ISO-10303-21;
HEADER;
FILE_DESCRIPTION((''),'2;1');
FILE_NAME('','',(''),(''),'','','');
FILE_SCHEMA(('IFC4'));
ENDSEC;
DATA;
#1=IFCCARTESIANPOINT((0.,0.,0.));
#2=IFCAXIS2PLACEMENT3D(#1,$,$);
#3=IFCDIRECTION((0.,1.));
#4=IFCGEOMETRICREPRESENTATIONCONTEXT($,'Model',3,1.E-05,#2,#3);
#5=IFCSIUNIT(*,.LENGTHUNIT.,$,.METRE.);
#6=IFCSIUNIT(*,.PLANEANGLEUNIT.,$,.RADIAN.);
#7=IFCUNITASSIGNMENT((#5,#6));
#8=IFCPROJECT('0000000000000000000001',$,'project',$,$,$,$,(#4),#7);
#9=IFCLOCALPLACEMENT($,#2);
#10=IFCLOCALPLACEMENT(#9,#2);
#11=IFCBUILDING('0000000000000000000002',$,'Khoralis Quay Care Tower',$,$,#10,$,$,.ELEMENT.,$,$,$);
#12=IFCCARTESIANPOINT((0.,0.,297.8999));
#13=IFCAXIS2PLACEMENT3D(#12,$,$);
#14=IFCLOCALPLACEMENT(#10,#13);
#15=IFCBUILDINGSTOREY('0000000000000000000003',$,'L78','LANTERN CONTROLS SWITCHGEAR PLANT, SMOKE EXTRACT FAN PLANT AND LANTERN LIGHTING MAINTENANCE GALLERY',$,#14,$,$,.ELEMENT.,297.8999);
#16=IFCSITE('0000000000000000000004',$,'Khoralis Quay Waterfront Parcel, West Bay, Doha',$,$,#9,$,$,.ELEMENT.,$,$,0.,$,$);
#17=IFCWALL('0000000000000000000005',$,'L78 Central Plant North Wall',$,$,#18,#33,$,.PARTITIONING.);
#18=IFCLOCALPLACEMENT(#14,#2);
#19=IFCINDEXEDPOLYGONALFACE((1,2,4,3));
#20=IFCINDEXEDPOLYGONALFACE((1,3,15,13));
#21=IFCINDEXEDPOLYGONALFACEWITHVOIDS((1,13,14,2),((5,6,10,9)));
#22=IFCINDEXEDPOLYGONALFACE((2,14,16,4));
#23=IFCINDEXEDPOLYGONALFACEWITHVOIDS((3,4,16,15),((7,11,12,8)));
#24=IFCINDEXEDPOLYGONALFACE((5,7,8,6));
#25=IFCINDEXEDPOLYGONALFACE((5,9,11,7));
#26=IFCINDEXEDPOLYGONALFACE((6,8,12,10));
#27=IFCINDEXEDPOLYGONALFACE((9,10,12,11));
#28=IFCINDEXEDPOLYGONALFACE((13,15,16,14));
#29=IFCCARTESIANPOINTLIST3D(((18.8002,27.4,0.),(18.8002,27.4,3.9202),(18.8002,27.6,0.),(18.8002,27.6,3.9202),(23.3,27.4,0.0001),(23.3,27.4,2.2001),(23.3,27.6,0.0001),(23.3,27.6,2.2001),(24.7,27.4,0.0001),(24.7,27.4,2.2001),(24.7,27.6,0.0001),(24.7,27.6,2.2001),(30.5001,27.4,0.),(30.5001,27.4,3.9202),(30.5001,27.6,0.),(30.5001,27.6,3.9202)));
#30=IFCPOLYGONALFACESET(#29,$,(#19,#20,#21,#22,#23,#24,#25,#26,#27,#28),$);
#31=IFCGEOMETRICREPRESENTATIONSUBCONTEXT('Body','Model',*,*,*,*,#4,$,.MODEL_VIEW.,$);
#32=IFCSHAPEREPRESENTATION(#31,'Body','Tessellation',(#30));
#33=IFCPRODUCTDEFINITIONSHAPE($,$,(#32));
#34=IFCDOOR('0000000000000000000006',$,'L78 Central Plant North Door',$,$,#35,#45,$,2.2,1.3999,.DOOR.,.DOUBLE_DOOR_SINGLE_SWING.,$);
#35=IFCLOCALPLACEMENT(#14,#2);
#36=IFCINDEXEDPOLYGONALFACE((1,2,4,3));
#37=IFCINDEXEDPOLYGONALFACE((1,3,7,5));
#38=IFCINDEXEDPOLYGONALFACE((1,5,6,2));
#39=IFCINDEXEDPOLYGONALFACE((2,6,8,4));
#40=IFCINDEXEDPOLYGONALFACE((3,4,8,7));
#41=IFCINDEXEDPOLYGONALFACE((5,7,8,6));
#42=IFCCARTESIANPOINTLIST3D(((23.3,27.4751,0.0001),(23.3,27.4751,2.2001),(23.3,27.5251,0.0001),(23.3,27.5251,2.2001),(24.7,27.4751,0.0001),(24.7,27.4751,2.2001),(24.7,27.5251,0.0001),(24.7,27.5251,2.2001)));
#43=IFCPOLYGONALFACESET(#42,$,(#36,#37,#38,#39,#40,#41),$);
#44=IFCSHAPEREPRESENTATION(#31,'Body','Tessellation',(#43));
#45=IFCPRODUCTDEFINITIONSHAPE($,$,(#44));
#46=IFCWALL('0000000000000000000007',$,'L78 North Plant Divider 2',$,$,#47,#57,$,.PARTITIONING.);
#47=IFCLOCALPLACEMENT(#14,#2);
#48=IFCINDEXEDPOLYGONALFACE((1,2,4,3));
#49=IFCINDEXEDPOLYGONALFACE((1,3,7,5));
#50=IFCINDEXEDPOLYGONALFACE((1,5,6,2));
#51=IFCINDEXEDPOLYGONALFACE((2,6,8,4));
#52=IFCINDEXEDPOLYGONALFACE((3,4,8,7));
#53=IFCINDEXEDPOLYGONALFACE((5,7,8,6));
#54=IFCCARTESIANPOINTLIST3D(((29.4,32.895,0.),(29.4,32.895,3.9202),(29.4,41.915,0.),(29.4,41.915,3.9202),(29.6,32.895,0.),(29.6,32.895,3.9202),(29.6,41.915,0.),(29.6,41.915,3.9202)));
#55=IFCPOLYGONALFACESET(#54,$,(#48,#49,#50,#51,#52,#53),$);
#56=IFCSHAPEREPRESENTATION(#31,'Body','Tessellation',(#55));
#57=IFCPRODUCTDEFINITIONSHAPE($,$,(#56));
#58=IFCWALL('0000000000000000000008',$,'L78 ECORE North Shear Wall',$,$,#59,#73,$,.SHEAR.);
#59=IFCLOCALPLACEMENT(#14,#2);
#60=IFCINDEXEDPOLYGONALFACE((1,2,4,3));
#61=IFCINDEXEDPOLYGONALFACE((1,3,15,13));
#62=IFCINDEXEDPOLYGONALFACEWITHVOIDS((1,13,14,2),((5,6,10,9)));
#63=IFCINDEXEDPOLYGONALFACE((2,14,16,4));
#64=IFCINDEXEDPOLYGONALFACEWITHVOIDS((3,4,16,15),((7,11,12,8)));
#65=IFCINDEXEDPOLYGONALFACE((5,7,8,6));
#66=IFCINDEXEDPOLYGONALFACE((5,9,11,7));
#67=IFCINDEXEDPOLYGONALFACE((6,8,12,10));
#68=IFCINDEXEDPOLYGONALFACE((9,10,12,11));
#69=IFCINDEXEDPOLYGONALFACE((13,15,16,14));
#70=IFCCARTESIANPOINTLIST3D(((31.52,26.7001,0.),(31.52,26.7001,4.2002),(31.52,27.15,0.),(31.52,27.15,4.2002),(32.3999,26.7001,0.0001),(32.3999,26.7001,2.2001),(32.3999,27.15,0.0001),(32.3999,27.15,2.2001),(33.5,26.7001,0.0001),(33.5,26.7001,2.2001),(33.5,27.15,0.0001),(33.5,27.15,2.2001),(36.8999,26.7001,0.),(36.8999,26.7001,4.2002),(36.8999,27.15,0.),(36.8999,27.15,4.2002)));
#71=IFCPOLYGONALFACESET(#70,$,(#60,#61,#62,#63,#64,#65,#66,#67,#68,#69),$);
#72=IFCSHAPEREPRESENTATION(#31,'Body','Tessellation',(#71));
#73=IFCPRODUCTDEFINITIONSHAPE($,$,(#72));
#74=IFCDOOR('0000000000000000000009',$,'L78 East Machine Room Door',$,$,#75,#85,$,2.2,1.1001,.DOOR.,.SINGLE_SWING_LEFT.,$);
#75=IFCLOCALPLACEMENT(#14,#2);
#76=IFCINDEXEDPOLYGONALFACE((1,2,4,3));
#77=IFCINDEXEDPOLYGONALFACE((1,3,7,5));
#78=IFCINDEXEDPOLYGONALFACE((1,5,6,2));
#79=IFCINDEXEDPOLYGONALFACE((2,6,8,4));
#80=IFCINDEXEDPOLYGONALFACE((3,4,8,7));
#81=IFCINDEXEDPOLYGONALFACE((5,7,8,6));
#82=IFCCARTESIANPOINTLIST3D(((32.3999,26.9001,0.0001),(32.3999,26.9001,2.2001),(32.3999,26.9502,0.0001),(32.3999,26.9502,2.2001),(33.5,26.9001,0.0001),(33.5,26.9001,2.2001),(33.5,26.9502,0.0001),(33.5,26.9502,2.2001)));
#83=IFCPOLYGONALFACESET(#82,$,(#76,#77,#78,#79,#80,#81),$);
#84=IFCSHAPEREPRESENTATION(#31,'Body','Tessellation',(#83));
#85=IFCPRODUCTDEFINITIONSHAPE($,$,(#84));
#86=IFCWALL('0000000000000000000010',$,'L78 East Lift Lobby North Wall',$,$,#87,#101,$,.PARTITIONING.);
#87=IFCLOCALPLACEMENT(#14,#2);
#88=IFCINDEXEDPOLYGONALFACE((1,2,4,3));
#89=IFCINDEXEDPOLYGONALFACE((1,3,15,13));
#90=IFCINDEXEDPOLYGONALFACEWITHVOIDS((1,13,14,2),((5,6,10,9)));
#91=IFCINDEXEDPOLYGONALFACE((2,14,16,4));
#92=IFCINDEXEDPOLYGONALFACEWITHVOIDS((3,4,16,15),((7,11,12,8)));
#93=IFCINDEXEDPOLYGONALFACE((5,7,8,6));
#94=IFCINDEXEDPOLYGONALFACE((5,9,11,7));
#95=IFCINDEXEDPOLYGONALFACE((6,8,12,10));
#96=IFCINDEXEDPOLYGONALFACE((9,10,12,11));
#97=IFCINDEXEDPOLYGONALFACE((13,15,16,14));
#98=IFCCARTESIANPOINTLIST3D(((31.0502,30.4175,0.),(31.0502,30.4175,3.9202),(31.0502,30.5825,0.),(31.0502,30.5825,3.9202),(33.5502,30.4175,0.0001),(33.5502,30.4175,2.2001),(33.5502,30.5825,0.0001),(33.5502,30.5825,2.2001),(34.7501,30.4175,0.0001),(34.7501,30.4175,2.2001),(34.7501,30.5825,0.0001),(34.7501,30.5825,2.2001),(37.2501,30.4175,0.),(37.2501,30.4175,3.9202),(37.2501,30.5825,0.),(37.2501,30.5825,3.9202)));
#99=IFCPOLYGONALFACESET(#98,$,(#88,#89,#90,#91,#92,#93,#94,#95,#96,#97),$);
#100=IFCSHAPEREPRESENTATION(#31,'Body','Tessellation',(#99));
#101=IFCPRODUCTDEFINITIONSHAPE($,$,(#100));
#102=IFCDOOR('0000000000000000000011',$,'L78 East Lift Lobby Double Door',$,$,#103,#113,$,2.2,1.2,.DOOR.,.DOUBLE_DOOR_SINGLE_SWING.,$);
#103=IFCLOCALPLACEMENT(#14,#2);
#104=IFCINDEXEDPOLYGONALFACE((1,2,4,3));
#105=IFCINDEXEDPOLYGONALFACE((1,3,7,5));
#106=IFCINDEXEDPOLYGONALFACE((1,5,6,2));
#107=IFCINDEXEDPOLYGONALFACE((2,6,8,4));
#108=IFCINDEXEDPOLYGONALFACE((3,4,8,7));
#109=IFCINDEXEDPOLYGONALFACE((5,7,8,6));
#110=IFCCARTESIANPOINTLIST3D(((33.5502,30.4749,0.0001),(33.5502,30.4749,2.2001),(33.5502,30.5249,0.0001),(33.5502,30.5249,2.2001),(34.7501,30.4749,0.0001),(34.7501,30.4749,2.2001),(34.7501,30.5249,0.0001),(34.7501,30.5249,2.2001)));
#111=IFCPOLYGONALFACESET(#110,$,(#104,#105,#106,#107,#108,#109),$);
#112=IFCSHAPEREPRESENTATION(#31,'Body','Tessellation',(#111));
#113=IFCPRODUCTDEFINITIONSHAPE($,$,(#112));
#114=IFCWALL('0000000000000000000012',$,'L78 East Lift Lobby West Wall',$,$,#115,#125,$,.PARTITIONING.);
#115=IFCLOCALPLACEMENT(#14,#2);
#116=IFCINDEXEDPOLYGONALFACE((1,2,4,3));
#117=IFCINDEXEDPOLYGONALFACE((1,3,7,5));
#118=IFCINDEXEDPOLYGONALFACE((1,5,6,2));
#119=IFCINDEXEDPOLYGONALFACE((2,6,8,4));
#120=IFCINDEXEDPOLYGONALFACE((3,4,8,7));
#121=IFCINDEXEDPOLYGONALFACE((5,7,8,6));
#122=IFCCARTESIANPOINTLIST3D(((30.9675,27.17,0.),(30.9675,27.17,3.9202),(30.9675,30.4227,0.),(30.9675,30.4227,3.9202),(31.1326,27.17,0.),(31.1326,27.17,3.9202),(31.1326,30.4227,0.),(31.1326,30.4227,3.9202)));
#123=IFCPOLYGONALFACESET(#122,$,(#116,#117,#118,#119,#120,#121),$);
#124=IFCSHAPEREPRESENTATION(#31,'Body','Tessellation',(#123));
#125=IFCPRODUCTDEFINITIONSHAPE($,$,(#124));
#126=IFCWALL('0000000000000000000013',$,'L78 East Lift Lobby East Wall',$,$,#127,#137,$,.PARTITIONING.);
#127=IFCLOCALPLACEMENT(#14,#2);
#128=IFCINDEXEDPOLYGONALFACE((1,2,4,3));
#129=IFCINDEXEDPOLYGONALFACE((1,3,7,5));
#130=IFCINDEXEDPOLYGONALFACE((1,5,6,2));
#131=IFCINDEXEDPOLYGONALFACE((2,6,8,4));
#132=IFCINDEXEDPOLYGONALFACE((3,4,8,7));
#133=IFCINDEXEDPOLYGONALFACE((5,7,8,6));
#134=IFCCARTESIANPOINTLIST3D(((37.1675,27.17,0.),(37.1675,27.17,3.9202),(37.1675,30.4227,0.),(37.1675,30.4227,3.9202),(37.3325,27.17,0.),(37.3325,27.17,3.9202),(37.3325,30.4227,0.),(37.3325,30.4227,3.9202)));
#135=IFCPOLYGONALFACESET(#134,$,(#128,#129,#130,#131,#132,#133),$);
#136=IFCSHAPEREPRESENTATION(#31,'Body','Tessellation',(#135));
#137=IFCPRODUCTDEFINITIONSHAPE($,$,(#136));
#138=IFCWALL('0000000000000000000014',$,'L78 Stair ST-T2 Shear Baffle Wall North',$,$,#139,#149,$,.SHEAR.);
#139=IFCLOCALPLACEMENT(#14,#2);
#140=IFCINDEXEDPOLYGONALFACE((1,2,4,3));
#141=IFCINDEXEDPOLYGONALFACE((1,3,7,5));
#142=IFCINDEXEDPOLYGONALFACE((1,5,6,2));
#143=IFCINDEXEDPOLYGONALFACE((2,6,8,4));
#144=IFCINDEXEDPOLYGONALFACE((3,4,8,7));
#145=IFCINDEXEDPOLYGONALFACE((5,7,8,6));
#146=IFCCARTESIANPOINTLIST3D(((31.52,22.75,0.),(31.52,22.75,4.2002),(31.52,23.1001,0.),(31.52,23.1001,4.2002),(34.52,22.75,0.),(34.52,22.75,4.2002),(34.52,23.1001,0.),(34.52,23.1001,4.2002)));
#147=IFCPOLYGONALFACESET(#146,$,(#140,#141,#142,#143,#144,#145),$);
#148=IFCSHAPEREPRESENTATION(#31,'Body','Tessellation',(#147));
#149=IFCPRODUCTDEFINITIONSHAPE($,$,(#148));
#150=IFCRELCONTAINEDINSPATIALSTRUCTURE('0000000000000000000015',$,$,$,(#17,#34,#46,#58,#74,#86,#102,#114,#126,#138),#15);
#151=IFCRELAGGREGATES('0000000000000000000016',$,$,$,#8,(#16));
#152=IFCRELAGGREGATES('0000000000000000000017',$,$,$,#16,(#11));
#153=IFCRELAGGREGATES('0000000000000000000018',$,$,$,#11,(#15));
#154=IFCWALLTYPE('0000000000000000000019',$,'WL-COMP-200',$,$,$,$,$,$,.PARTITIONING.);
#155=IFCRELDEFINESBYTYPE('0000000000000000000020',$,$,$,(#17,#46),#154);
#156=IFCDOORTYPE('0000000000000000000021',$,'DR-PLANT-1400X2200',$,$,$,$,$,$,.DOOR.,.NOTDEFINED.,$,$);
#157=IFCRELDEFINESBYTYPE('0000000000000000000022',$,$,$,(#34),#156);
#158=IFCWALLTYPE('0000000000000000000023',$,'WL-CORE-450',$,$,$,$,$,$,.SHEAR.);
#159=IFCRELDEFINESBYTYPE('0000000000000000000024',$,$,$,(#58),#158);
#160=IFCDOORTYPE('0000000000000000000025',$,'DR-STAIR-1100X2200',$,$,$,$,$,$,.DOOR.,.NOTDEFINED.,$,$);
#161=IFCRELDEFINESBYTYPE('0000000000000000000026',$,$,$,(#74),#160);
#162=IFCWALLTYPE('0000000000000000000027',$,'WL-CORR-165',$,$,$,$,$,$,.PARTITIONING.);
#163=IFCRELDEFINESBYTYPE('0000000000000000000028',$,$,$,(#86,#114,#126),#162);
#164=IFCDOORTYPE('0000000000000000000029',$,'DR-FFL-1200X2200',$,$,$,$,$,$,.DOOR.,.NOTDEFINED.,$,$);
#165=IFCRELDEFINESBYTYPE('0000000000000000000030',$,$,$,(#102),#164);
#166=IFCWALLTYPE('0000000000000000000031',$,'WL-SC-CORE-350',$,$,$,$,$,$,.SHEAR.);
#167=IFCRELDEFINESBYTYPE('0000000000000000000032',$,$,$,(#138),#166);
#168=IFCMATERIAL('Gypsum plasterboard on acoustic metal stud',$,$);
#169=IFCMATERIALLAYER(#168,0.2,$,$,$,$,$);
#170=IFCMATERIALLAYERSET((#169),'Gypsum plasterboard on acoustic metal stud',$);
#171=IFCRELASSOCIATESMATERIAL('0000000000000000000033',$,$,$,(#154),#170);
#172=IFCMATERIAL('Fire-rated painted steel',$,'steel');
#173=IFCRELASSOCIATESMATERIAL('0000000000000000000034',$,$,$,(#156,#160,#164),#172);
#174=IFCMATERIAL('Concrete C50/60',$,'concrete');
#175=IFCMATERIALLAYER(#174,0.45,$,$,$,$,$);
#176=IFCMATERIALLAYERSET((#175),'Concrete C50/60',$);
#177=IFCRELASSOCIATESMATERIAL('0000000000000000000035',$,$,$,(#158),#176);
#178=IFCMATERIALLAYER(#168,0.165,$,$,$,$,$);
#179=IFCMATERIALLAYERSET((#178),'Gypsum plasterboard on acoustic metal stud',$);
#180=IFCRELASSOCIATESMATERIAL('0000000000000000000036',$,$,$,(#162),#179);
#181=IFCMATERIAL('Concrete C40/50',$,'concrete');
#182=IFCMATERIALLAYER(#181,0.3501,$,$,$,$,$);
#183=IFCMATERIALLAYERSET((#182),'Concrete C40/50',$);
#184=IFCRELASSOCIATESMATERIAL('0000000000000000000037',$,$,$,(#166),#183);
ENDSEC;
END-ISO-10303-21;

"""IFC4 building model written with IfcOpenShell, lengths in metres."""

from ifc_helpers import new_model, si_unit, direction, frame, frame_2d, origin, place, context, subcontext, project, spatial, rectangle, extrude, source, transform, mapped, material, layer, layer_set, type_object, element, fill, save


model = new_model("IFC4")

# Units and contexts
model_context = context("Model", 3, precision=1e-05, world=origin(), true_north=direction((0.0, 1.0)))
body_context = subcontext(model_context, "Body", "Model", "MODEL_VIEW")
ifc_project = project(units=[si_unit("LENGTHUNIT", "METRE"), si_unit("PLANEANGLEUNIT", "RADIAN")], contexts=[model_context])

# Site, building, storey
site_placement = place(None, origin())
site = spatial("IfcSite", under=ifc_project, at=site_placement, Name="Khoralis Quay Waterfront Parcel, West Bay, Doha", CompositionType="ELEMENT", RefElevation=0.0)
building_placement = place(site_placement, origin())
building = spatial("IfcBuilding", under=site, at=building_placement, Name="Khoralis Quay Care Tower", CompositionType="ELEMENT")
storey_placement = place(building_placement, frame((0.0, 0.0, 297.8999)))
storey = spatial("IfcBuildingStorey", under=building, at=storey_placement, Name="L78", Description="LANTERN CONTROLS SWITCHGEAR PLANT, SMOKE EXTRACT FAN PLANT AND LANTERN LIGHTING MAINTENANCE GALLERY", CompositionType="ELEMENT", Elevation=297.8999)

# Shared definitions
ifc_material_1 = material(Name="Concrete C50/60", Category="concrete")

# Wall, opening, door
ifc_material_2 = material(Name="Gypsum plasterboard on acoustic metal stud")
ifc_layer_1 = layer(ifc_material_2, 0.2)
ifc_layer_set_1 = layer_set([ifc_layer_1], Name="Gypsum plasterboard on acoustic metal stud")
wall_type_1 = type_object("IfcWallType", Name="WL-COMP-200", PredefinedType="PARTITIONING", material=ifc_layer_set_1)
wall_1_placement = place(storey_placement, frame((18.8, 27.5, 0.0), z_axis=(0.0, 0.0, 1.0), x_axis=(1.0, 0.0, 0.0)))
wall_1 = element("IfcWall", 1, at=wall_1_placement, inside=storey, type_object=wall_type_1, Name="L78 Central Plant North Wall", PredefinedType="PARTITIONING", context=body_context, shape_type="SweptSolid", body=[
    extrude(rectangle(XDim=11.7, YDim=0.2, at=frame_2d((5.8501, 0.0))), origin(), (0.0, 0.0, 1.0), 3.9202),
])
opening_1_placement = place(wall_1_placement, frame((4.5, 0.0, 0.0)))
opening_1 = element("IfcOpeningElement", 2, at=opening_1_placement, cuts=wall_1, PredefinedType="OPENING", context=body_context, shape_type="SweptSolid", body=[
    extrude(rectangle(XDim=1.3999, YDim=2.2, at=frame_2d((0.7, 1.1001))), frame((0.0, 0.1099, 0.0), z_axis=(0.0, -1.0, 0.0), x_axis=(1.0, 0.0, 0.0)), (0.0, 0.0, 1.0), 0.22),
])
ifc_material_3 = material(Name="Fire-rated painted steel", Category="steel")
door_type_1 = type_object("IfcDoorType", Name="DR-PLANT-1400X2200", OperationType="NOTDEFINED", PredefinedType="DOOR", material=ifc_material_3)
shared_shape_1 = source(origin(), body_context, "Body", "SweptSolid", [
    extrude(rectangle(XDim=1.3999, YDim=2.2, at=frame_2d((0.7, 1.1001))), frame((0.0, 0.0249, 0.0), z_axis=(0.0, -1.0, 0.0), x_axis=(1.0, 0.0, 0.0)), (0.0, 0.0, 1.0), 0.05),
])
door_1_placement = place(opening_1_placement, frame((1.3999, 0.0, 0.0), z_axis=(0.0, 0.0, 1.0), x_axis=(-1.0, 0.0, 0.0)))
door_1 = element("IfcDoor", 3, at=door_1_placement, inside=storey, type_object=door_type_1, Name="L78 Central Plant North Door", OperationType="DOUBLE_DOOR_SINGLE_SWING", OverallHeight=2.2, OverallWidth=1.3999, PredefinedType="DOOR", context=body_context, shape_type="MappedRepresentation", body=[
    mapped(shared_shape_1, transform((0.0, 0.0, 0.0), scale=1.0)),
])
fill(opening_1, door_1)

# Wall
wall_2_placement = place(storey_placement, frame((29.5, 32.895, 0.0), z_axis=(0.0, 0.0, 1.0), x_axis=(0.0, 1.0, 0.0)))
element("IfcWall", 4, at=wall_2_placement, inside=storey, type_object=wall_type_1, Name="L78 North Plant Divider 2", PredefinedType="PARTITIONING", context=body_context, shape_type="SweptSolid", body=[
    extrude(rectangle(XDim=9.02, YDim=0.2, at=frame_2d((4.51, 0.0))), origin(), (0.0, 0.0, 1.0), 3.9202),
])

# Walls, openings, doors
ifc_layer_2 = layer(ifc_material_1, 0.45)
ifc_layer_set_2 = layer_set([ifc_layer_2], Name="Concrete C50/60")
wall_type_2 = type_object("IfcWallType", Name="WL-CORE-450", PredefinedType="SHEAR", material=ifc_layer_set_2)
wall_3_placement = place(storey_placement, frame((31.52, 26.925, 0.0), z_axis=(0.0, 0.0, 1.0), x_axis=(1.0, 0.0, 0.0)))
wall_3 = element("IfcWall", 5, at=wall_3_placement, inside=storey, type_object=wall_type_2, Name="L78 ECORE North Shear Wall", PredefinedType="SHEAR", context=body_context, shape_type="SweptSolid", body=[
    extrude(rectangle(XDim=5.3799, YDim=0.45, at=frame_2d((2.6899, 0.0))), origin(), (0.0, 0.0, 1.0), 4.2002),
])
opening_2_placement = place(wall_3_placement, frame((0.8799, 0.0, 0.0)))
opening_2 = element("IfcOpeningElement", 6, at=opening_2_placement, cuts=wall_3, PredefinedType="OPENING", context=body_context, shape_type="SweptSolid", body=[
    extrude(rectangle(XDim=1.1001, YDim=2.2, at=frame_2d((0.55, 1.1001))), frame((0.0, 0.2349, 0.0), z_axis=(0.0, -1.0, 0.0), x_axis=(1.0, 0.0, 0.0)), (0.0, 0.0, 1.0), 0.47),
])
door_type_2 = type_object("IfcDoorType", Name="DR-STAIR-1100X2200", OperationType="NOTDEFINED", PredefinedType="DOOR", material=ifc_material_3)
shared_shape_2 = source(origin(), body_context, "Body", "SweptSolid", [
    extrude(rectangle(XDim=1.1001, YDim=2.2, at=frame_2d((0.55, 1.1001))), frame((0.0, 0.0249, 0.0), z_axis=(0.0, -1.0, 0.0), x_axis=(1.0, 0.0, 0.0)), (0.0, 0.0, 1.0), 0.05),
])
door_2_placement = place(opening_2_placement, frame((1.1001, 0.0, 0.0), z_axis=(0.0, 0.0, 1.0), x_axis=(-1.0, 0.0, 0.0)))
door_2 = element("IfcDoor", 7, at=door_2_placement, inside=storey, type_object=door_type_2, Name="L78 East Machine Room Door", OperationType="SINGLE_SWING_LEFT", OverallHeight=2.2, OverallWidth=1.1001, PredefinedType="DOOR", context=body_context, shape_type="MappedRepresentation", body=[
    mapped(shared_shape_2, transform((0.0, 0.0, 0.0), scale=1.0)),
])
fill(opening_2, door_2)
ifc_layer_3 = layer(ifc_material_2, 0.165)
ifc_layer_set_3 = layer_set([ifc_layer_3], Name="Gypsum plasterboard on acoustic metal stud")
wall_type_3 = type_object("IfcWallType", Name="WL-CORR-165", PredefinedType="PARTITIONING", material=ifc_layer_set_3)
wall_4_placement = place(storey_placement, frame((31.05, 30.5, 0.0), z_axis=(0.0, 0.0, 1.0), x_axis=(1.0, 0.0, 0.0)))
wall_4 = element("IfcWall", 8, at=wall_4_placement, inside=storey, type_object=wall_type_3, Name="L78 East Lift Lobby North Wall", PredefinedType="PARTITIONING", context=body_context, shape_type="SweptSolid", body=[
    extrude(rectangle(XDim=6.2, YDim=0.165, at=frame_2d((3.1001, 0.0))), origin(), (0.0, 0.0, 1.0), 3.9202),
])
opening_3_placement = place(wall_4_placement, frame((2.5, 0.0, 0.0)))
opening_3 = element("IfcOpeningElement", 9, at=opening_3_placement, cuts=wall_4, PredefinedType="OPENING", context=body_context, shape_type="SweptSolid", body=[
    extrude(rectangle(XDim=1.2, YDim=2.2, at=frame_2d((0.6001, 1.1001))), frame((0.0, 0.0925, 0.0), z_axis=(0.0, -1.0, 0.0), x_axis=(1.0, 0.0, 0.0)), (0.0, 0.0, 1.0), 0.1851),
])
door_type_3 = type_object("IfcDoorType", Name="DR-FFL-1200X2200", OperationType="NOTDEFINED", PredefinedType="DOOR", material=ifc_material_3)
shared_shape_3 = source(origin(), body_context, "Body", "SweptSolid", [
    extrude(rectangle(XDim=1.2, YDim=2.2, at=frame_2d((0.6001, 1.1001))), frame((0.0, 0.0249, 0.0), z_axis=(0.0, -1.0, 0.0), x_axis=(1.0, 0.0, 0.0)), (0.0, 0.0, 1.0), 0.05),
])
door_3_placement = place(opening_3_placement, origin())
door_3 = element("IfcDoor", 10, at=door_3_placement, inside=storey, type_object=door_type_3, Name="L78 East Lift Lobby Double Door", OperationType="DOUBLE_DOOR_SINGLE_SWING", OverallHeight=2.2, OverallWidth=1.2, PredefinedType="DOOR", context=body_context, shape_type="MappedRepresentation", body=[
    mapped(shared_shape_3, transform((0.0, 0.0, 0.0), scale=1.0)),
])
fill(opening_3, door_3)

# Walls
for number, where, z_axis, x_axis, name in (
    (11, (31.05, 27.1699, 0.0), (0.0, 0.0, 1.0), (0.0, 1.0, 0.0), "L78 East Lift Lobby West Wall"),
    (12, (37.25, 27.1699, 0.0), (0.0, 0.0, 1.0), (0.0, 1.0, 0.0), "L78 East Lift Lobby East Wall"),
):
    element("IfcWall", number, at=place(storey_placement, frame(where, z_axis=z_axis, x_axis=x_axis)), inside=storey, type_object=wall_type_3, Name=name, PredefinedType="PARTITIONING", context=body_context, shape_type="SweptSolid", body=[
        extrude(rectangle(XDim=3.2527, YDim=0.165, at=frame_2d((1.6265, 0.0))), origin(), (0.0, 0.0, 1.0), 3.9202),
    ])
ifc_material_4 = material(Name="Concrete C40/50", Category="concrete")
ifc_layer_4 = layer(ifc_material_4, 0.3501)
ifc_layer_set_4 = layer_set([ifc_layer_4], Name="Concrete C40/50")
wall_type_4 = type_object("IfcWallType", Name="WL-SC-CORE-350", PredefinedType="SHEAR", material=ifc_layer_set_4)
wall_5_placement = place(storey_placement, frame((31.52, 22.925, 0.0), z_axis=(0.0, 0.0, 1.0), x_axis=(1.0, 0.0, 0.0)))
element("IfcWall", 13, at=wall_5_placement, inside=storey, type_object=wall_type_4, Name="L78 Stair ST-T2 Shear Baffle Wall North", PredefinedType="SHEAR", context=body_context, shape_type="SweptSolid", body=[
    extrude(rectangle(XDim=3.0, YDim=0.3501, at=frame_2d((1.5, 0.0))), origin(), (0.0, 0.0, 1.0), 4.2002),
])

save(model, "model.ifc")
